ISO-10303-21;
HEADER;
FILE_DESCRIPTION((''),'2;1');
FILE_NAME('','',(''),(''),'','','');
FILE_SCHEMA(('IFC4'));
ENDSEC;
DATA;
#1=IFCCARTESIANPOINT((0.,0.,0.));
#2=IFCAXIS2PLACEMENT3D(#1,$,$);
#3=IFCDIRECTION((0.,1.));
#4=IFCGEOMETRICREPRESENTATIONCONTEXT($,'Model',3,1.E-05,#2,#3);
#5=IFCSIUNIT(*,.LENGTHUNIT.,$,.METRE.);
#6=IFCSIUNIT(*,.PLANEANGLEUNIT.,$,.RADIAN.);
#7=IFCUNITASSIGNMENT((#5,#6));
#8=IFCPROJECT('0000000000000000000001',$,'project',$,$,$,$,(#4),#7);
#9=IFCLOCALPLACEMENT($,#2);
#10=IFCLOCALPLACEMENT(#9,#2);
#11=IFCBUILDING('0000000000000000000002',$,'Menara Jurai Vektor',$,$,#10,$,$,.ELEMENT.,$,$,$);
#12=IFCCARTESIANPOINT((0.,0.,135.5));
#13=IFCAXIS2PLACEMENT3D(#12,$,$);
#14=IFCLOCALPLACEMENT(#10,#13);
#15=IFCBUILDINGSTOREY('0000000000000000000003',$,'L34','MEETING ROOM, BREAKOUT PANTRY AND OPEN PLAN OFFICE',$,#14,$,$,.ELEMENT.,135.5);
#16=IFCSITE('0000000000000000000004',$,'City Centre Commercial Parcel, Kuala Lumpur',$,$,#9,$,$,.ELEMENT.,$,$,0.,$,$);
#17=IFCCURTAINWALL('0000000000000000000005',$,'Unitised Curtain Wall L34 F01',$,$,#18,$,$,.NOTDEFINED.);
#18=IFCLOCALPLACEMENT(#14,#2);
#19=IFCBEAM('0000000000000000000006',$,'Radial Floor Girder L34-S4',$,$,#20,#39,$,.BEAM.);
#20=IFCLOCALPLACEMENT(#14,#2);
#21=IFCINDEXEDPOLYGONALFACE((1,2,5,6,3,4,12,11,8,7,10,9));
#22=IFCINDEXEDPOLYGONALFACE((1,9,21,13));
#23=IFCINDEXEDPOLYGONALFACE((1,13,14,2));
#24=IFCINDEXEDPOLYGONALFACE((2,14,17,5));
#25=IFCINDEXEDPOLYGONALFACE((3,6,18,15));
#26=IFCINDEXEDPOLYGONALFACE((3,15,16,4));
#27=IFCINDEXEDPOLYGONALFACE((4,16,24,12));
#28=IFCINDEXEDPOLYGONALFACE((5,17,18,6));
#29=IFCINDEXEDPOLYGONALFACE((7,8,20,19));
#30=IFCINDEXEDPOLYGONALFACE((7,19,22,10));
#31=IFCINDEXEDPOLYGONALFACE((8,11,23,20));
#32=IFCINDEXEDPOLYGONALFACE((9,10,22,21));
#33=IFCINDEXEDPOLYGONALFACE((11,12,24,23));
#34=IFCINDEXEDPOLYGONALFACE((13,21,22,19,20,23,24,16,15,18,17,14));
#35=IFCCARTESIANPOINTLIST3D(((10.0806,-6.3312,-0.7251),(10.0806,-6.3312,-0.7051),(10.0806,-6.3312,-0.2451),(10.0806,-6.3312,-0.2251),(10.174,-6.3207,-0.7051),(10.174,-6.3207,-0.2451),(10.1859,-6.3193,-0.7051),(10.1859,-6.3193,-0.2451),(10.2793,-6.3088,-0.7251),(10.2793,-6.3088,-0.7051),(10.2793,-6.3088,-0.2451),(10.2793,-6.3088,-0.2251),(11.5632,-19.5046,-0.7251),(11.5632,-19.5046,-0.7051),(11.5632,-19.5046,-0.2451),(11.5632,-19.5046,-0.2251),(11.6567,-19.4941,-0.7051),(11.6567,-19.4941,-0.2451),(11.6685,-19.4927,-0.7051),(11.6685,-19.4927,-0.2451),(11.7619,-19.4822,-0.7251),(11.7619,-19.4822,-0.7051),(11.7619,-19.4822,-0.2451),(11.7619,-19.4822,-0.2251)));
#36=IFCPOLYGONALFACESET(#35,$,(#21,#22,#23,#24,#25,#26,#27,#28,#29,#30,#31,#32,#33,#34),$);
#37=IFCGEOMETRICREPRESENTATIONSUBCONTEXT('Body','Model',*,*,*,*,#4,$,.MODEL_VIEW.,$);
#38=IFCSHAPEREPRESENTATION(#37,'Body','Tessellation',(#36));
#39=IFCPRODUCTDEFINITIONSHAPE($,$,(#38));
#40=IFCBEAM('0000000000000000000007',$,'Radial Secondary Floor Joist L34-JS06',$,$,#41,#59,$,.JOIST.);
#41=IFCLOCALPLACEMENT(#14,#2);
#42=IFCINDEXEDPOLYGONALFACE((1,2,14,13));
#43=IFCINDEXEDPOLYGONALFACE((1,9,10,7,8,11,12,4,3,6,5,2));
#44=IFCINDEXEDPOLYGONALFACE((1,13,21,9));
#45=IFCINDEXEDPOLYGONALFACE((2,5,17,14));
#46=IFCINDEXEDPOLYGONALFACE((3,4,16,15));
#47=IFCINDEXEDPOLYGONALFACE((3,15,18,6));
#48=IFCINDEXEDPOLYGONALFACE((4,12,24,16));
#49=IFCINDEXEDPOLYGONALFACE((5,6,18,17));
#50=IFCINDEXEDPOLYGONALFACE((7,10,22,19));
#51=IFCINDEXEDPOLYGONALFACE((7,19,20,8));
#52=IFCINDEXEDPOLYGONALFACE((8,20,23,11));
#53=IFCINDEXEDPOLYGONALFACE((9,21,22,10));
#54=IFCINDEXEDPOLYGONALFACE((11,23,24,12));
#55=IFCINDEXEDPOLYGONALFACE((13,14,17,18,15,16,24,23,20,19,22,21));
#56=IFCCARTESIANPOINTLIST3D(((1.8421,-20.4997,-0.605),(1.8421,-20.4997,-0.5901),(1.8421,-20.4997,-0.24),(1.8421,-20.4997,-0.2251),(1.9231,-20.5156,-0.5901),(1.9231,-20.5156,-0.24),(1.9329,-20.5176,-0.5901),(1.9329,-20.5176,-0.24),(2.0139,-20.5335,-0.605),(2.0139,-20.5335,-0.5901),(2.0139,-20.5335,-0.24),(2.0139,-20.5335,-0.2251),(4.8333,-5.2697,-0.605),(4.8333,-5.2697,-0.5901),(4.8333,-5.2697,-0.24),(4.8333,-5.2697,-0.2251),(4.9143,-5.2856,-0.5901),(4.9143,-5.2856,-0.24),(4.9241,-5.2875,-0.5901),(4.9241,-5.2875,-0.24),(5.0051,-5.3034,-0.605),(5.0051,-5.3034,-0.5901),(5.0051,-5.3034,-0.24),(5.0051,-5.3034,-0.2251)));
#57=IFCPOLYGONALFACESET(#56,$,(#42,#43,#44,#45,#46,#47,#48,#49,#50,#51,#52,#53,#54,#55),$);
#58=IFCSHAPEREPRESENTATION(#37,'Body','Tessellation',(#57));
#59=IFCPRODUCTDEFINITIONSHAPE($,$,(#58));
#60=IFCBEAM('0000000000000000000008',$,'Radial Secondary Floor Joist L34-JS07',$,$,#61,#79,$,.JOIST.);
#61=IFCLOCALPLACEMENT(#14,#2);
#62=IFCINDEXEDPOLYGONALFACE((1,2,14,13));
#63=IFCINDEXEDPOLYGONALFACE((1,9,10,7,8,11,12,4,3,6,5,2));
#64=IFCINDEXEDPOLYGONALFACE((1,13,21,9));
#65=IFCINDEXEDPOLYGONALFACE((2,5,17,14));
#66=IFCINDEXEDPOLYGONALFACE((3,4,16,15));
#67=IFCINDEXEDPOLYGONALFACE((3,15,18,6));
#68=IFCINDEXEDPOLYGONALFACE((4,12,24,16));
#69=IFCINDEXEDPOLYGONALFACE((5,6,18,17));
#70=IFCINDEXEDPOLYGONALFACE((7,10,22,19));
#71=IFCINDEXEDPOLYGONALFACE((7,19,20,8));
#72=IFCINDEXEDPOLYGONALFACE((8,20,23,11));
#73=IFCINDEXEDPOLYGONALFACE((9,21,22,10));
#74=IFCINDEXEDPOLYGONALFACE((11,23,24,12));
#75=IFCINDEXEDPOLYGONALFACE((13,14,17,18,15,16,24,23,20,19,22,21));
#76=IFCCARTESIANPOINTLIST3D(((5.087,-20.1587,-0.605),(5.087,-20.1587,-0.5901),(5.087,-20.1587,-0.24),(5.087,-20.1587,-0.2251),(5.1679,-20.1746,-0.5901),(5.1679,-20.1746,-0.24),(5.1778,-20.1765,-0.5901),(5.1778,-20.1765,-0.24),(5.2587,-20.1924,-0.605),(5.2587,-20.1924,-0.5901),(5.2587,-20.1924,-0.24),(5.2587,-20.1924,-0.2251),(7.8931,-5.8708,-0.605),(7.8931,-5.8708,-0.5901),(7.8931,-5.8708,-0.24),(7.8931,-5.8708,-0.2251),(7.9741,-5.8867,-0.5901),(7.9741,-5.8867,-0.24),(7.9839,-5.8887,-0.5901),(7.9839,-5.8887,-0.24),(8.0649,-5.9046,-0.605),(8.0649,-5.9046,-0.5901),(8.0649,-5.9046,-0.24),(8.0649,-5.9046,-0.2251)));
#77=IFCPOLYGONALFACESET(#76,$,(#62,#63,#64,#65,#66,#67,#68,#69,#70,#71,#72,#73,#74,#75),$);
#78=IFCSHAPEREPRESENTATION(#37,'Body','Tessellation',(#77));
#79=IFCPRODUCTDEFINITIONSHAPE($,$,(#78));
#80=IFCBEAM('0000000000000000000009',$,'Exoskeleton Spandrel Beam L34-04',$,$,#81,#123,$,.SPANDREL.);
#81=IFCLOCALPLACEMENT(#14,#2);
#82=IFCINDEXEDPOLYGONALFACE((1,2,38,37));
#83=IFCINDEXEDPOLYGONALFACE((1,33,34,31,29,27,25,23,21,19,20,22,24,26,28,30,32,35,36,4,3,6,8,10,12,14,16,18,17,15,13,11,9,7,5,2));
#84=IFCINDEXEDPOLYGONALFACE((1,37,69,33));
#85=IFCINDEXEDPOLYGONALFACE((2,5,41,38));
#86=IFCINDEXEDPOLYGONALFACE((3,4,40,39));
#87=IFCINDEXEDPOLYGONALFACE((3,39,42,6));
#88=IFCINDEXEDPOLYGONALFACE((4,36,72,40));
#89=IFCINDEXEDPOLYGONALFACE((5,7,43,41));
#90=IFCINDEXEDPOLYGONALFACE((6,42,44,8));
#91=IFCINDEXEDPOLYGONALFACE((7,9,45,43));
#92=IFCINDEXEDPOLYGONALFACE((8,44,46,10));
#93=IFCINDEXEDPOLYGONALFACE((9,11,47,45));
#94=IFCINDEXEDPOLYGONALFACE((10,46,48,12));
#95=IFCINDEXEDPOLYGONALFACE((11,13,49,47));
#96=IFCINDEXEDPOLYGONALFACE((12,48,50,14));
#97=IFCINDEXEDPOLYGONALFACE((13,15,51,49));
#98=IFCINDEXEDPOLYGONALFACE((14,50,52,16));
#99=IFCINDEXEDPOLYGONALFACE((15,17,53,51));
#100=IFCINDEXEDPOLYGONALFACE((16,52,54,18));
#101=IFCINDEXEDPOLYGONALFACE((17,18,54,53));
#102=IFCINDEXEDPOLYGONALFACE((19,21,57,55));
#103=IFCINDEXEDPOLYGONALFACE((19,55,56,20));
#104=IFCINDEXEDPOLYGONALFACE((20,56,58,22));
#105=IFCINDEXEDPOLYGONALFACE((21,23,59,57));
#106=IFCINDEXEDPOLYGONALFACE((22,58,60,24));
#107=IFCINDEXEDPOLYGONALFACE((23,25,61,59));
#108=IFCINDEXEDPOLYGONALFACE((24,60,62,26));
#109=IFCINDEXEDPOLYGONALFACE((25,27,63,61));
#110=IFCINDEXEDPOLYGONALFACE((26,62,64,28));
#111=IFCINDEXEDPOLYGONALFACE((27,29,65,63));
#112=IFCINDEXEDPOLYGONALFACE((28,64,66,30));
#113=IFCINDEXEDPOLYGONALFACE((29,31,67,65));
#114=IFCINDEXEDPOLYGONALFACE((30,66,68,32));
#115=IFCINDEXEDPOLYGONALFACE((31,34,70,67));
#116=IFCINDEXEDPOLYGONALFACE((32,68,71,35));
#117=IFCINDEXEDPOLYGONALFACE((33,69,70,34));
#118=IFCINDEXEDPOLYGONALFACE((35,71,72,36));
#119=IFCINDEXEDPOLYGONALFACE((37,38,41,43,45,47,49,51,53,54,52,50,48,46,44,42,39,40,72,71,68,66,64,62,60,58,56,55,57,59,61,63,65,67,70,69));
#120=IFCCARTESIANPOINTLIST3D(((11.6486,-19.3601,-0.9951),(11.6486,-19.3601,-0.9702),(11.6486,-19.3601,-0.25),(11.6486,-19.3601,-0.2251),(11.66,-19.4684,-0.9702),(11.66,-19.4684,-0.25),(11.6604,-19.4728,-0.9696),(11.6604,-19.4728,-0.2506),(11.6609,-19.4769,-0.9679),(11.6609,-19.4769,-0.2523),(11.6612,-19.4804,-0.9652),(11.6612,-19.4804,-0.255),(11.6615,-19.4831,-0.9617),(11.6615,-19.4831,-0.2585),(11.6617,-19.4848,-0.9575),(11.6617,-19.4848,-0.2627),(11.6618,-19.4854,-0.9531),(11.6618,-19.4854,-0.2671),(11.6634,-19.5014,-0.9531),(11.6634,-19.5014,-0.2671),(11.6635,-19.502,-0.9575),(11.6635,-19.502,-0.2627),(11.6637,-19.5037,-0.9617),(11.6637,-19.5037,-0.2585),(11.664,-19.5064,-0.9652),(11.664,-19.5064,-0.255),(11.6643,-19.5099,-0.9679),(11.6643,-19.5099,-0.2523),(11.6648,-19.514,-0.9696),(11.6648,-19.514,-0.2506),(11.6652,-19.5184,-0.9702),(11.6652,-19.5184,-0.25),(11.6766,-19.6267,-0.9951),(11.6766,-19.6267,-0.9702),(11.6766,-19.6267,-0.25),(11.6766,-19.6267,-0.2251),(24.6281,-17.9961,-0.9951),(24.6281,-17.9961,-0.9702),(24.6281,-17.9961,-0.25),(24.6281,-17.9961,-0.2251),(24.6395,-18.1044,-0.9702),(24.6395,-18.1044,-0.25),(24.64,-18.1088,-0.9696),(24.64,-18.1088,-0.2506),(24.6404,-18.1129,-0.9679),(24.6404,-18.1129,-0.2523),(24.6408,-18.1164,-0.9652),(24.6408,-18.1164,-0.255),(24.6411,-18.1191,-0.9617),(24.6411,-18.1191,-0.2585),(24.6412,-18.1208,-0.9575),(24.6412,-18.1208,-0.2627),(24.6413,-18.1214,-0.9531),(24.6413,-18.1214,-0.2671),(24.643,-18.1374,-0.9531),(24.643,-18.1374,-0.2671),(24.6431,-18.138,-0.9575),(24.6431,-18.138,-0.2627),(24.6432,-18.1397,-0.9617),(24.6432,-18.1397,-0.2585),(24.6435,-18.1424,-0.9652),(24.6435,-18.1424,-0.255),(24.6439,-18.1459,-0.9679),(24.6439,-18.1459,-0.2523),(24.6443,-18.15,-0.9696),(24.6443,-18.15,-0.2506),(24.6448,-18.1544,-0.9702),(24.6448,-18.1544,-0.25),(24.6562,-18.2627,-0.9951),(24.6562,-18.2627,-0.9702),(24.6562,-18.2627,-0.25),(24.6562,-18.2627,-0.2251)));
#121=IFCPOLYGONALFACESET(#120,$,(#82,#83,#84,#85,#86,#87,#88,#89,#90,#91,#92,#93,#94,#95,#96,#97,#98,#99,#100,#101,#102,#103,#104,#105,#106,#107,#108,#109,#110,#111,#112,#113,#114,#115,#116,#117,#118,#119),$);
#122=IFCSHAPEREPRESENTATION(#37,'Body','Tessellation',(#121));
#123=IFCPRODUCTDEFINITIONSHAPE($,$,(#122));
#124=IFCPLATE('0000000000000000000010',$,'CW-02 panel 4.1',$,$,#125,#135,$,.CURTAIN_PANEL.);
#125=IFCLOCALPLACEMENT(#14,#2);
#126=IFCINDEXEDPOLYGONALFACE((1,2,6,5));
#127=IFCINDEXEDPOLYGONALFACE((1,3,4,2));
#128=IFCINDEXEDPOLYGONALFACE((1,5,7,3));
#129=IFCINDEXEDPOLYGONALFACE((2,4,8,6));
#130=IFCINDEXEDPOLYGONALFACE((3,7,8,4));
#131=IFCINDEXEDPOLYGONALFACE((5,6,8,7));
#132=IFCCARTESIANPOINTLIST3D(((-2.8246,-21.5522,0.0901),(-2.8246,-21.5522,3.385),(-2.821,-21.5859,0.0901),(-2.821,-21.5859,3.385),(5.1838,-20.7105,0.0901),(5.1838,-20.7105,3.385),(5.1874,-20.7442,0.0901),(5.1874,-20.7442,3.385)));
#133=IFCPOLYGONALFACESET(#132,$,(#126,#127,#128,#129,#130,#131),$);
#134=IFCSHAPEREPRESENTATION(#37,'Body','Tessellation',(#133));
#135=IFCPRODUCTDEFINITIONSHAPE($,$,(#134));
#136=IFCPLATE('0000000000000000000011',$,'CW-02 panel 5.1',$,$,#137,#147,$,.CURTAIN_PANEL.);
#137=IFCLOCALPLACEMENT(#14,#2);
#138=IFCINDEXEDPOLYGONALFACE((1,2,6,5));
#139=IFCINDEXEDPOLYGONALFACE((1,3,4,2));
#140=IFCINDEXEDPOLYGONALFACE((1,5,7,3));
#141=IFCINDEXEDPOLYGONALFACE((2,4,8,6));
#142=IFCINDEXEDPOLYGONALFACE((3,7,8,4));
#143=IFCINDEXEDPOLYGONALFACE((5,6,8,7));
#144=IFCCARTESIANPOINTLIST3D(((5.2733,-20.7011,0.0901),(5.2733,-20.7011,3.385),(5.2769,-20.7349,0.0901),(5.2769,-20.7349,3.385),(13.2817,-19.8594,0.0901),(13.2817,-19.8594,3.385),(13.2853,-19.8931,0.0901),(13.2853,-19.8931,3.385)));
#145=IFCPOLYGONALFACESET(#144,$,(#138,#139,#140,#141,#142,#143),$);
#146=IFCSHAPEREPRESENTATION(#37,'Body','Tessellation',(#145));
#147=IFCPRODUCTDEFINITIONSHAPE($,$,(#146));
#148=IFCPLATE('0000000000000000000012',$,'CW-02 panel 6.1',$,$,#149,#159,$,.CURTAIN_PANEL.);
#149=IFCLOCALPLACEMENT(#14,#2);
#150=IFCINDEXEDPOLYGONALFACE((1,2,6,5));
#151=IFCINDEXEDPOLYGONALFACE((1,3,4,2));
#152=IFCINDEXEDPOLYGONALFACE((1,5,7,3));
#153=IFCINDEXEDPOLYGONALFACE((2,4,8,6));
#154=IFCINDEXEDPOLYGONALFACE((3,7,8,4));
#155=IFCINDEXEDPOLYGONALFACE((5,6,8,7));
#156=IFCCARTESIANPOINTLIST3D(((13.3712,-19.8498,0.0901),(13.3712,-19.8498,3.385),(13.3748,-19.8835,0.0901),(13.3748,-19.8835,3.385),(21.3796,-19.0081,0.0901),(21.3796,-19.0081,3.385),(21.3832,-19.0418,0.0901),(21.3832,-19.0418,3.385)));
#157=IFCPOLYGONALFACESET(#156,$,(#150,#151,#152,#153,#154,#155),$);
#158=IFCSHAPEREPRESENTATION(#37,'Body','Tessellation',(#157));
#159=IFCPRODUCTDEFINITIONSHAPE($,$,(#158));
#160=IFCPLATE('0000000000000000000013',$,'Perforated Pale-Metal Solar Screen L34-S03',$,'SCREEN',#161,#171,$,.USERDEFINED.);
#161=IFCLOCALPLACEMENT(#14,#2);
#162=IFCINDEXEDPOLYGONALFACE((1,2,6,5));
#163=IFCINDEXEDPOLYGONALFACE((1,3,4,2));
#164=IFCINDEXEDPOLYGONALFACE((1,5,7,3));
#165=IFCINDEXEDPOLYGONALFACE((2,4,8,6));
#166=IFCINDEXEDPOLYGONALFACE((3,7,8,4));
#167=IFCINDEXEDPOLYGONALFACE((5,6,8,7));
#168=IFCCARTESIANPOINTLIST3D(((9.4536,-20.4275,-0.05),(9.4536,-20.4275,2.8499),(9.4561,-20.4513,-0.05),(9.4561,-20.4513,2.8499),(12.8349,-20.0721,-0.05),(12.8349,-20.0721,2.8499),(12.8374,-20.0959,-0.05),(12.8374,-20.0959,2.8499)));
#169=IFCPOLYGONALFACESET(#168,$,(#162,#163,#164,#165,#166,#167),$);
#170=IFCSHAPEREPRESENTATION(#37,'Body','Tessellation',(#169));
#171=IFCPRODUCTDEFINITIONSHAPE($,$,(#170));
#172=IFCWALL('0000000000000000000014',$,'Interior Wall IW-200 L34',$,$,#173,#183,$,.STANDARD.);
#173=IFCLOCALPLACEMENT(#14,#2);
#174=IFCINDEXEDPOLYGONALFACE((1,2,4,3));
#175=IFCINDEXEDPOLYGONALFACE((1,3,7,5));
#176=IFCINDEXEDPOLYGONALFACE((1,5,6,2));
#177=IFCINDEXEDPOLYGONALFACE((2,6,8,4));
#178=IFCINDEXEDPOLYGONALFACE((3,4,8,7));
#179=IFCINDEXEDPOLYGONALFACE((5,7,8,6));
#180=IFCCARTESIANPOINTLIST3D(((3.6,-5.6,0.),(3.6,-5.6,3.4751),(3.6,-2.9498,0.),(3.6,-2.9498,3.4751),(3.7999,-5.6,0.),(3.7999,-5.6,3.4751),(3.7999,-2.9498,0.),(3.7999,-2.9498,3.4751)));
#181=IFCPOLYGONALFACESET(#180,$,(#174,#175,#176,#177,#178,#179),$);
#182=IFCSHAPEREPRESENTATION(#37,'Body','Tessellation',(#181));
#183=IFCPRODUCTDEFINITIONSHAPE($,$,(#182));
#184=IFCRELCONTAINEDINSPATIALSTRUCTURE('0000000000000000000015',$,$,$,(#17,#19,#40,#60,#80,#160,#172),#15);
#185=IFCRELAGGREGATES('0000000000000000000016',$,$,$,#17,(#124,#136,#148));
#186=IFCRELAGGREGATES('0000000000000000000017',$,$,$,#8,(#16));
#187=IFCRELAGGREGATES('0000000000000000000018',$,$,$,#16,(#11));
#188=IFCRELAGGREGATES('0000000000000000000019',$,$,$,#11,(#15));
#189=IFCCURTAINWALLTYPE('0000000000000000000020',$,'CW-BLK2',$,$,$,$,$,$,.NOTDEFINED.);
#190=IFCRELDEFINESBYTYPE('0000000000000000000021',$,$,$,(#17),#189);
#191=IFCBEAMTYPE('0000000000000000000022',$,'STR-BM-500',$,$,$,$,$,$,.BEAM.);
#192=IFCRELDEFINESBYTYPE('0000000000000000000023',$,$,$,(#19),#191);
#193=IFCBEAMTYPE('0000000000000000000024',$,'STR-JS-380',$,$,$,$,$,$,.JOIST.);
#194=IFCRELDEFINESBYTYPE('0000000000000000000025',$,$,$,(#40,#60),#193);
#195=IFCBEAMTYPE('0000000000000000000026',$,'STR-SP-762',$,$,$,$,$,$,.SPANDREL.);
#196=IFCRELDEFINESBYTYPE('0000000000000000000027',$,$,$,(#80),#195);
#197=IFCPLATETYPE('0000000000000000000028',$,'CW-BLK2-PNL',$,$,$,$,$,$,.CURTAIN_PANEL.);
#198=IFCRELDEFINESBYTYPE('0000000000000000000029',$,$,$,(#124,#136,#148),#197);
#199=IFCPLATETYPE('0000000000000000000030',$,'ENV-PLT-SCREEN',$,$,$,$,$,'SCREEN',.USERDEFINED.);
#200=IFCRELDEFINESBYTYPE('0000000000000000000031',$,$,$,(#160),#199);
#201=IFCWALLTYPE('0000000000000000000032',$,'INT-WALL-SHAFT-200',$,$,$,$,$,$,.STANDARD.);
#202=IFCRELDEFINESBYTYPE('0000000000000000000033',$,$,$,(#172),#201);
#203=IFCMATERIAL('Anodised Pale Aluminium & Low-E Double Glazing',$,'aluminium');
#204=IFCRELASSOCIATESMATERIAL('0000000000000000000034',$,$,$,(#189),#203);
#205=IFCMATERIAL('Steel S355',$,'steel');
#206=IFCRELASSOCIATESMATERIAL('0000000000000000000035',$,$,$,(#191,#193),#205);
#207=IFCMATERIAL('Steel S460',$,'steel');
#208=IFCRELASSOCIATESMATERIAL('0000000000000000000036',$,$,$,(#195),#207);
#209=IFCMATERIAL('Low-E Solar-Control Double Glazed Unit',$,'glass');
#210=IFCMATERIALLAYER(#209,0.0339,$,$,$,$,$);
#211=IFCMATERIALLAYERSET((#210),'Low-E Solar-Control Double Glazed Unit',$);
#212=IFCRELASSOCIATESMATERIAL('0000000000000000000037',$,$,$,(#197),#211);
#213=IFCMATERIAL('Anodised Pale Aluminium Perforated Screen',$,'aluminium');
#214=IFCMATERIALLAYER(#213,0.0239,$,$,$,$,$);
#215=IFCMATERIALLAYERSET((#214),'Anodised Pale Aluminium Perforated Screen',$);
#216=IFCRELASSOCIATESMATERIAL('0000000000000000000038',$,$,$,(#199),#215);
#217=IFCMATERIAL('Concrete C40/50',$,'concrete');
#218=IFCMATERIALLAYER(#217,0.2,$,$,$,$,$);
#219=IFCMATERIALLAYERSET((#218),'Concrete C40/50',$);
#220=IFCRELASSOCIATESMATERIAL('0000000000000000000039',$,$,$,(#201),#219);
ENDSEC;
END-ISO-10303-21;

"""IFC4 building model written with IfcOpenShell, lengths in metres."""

from ifc_helpers import new_model, si_unit, direction, frame, frame_2d, origin, origin_2d, place, context, subcontext, project, spatial, rectangle, i_section, extrude, material, layer, layer_set, material_profile, profile_set, type_object, element, aggregate, save


model = new_model("IFC4")

# Units and contexts
model_context = context("Model", 3, precision=1e-05, world=origin(), true_north=direction((0.0, 1.0)))
body_context = subcontext(model_context, "Body", "Model", "MODEL_VIEW")
ifc_project = project(units=[si_unit("LENGTHUNIT", "METRE"), si_unit("PLANEANGLEUNIT", "RADIAN")], contexts=[model_context])

# Site, building, storey
site_placement = place(None, origin())
site = spatial("IfcSite", under=ifc_project, at=site_placement, Name="City Centre Commercial Parcel, Kuala Lumpur", CompositionType="ELEMENT", RefElevation=0.0)
building_placement = place(site_placement, origin())
building = spatial("IfcBuilding", under=site, at=building_placement, Name="Menara Jurai Vektor", CompositionType="ELEMENT")
storey_placement = place(building_placement, frame((0.0, 0.0, 135.5)))
storey = spatial("IfcBuildingStorey", under=building, at=storey_placement, Name="L34", Description="MEETING ROOM, BREAKOUT PANTRY AND OPEN PLAN OFFICE", CompositionType="ELEMENT", Elevation=135.5)

# Shared definitions
ifc_material_1 = material(Name="Steel S460", Category="steel")

# Curtain wall
ifc_material_2 = material(Name="Anodised Pale Aluminium & Low-E Double Glazing", Category="aluminium")
curtain_wall_type = type_object("IfcCurtainWallType", Name="CW-BLK2", PredefinedType="NOTDEFINED", material=ifc_material_2)
curtain_wall_placement = place(storey_placement, origin())
curtain_wall = element("IfcCurtainWall", 1, at=curtain_wall_placement, inside=storey, type_object=curtain_wall_type, Name="Unitised Curtain Wall L34 F01", PredefinedType="NOTDEFINED")

# Beams
ifc_material_3 = material(Name="Steel S355", Category="steel")
ifc_material_profile_1 = material_profile(ifc_material_3, i_section(OverallWidth=0.2, OverallDepth=0.5, WebThickness=0.012, FlangeThickness=0.02, at=origin_2d()), Name="PG 500x200x96")
ifc_profile_set_1 = profile_set([ifc_material_profile_1], Name="Steel S355")
beam_type_1 = type_object("IfcBeamType", Name="STR-BM-500", PredefinedType="BEAM", material=ifc_profile_set_1)
beam_1_placement = place(storey_placement, frame((11.6626, -19.4934, -0.4751), z_axis=(-0.111844, 0.993726, 0.0), x_axis=(-0.993726, -0.111844, 0.0)))
element("IfcBeam", 2, at=beam_1_placement, inside=storey, type_object=beam_type_1, Name="Radial Floor Girder L34-S4", PredefinedType="BEAM", context=body_context, shape_type="SweptSolid", body=[
    extrude(i_section(OverallWidth=0.2, OverallDepth=0.5, WebThickness=0.012, FlangeThickness=0.02, at=origin_2d()), origin(), (0.0, 0.0, 1.0), 13.2566),
])
ifc_material_profile_2 = material_profile(ifc_material_3, i_section(OverallWidth=0.175, OverallDepth=0.3799, WebThickness=0.01, FlangeThickness=0.0149, at=origin_2d()), Name="PG 380x175x58")
ifc_profile_set_2 = profile_set([ifc_material_profile_2], Name="Steel S355")
beam_type_2 = type_object("IfcBeamType", Name="STR-JS-380", PredefinedType="JOIST", material=ifc_profile_set_2)
beam_2_placement = place(storey_placement, frame((1.928, -20.5166, -0.415), z_axis=(0.192721, 0.981254, 0.0), x_axis=(-0.981254, 0.192721, 0.0)))
element("IfcBeam", 3, at=beam_2_placement, inside=storey, type_object=beam_type_2, Name="Radial Secondary Floor Joist L34-JS06", PredefinedType="JOIST", context=body_context, shape_type="SweptSolid", body=[
    extrude(i_section(OverallWidth=0.175, OverallDepth=0.3799, WebThickness=0.01, FlangeThickness=0.0149, at=origin_2d()), origin(), (0.0, 0.0, 1.0), 15.521),
])
beam_3_placement = place(storey_placement, frame((5.1729, -20.1755, -0.415), z_axis=(0.19272, 0.981254, 0.0), x_axis=(-0.981254, 0.19272, 0.0)))
element("IfcBeam", 4, at=beam_3_placement, inside=storey, type_object=beam_type_2, Name="Radial Secondary Floor Joist L34-JS07", PredefinedType="JOIST", context=body_context, shape_type="SweptSolid", body=[
    extrude(i_section(OverallWidth=0.175, OverallDepth=0.3799, WebThickness=0.01, FlangeThickness=0.0149, at=origin_2d()), origin(), (0.0, 0.0, 1.0), 14.5608),
])
ifc_material_profile_3 = material_profile(ifc_material_1, i_section(OverallWidth=0.2681, OverallDepth=0.77, WebThickness=0.0161, FlangeThickness=0.0249, FilletRadius=0.0171, at=origin_2d()), Name="UKB 762x267x197")
ifc_profile_set_3 = profile_set([ifc_material_profile_3], Name="Steel S460")
beam_type_3 = type_object("IfcBeamType", Name="STR-SP-762", PredefinedType="SPANDREL", material=ifc_profile_set_3)
beam_4_placement = place(storey_placement, frame((11.6626, -19.4934, -0.6101), z_axis=(0.994523, 0.104514, 0.0), x_axis=(-0.104514, 0.994523, 0.0)))
element("IfcBeam", 5, at=beam_4_placement, inside=storey, type_object=beam_type_3, Name="Exoskeleton Spandrel Beam L34-04", PredefinedType="SPANDREL", context=body_context, shape_type="SweptSolid", body=[
    extrude(i_section(OverallWidth=0.2681, OverallDepth=0.77, WebThickness=0.0161, FlangeThickness=0.0249, FilletRadius=0.0171, at=origin_2d()), origin(), (0.0, 0.0, 1.0), 13.051),
])

# Plates
ifc_material_4 = material(Name="Low-E Solar-Control Double Glazed Unit", Category="glass")
ifc_layer_1 = layer(ifc_material_4, 0.0339)
ifc_layer_set_1 = layer_set([ifc_layer_1], Name="Low-E Solar-Control Double Glazed Unit")
plate_type_1 = type_object("IfcPlateType", Name="CW-BLK2-PNL", PredefinedType="CURTAIN_PANEL", material=ifc_layer_set_1)
plate_1_placement = place(storey_placement, frame((1.1814, -21.1482, 0.0901), z_axis=(0.0, 0.0, 1.0), x_axis=(0.994522, 0.104529, 0.0)))
plate_1 = element("IfcPlate", 6, at=plate_1_placement, type_object=plate_type_1, Name="CW-02 panel 4.1", PredefinedType="CURTAIN_PANEL", context=body_context, shape_type="SweptSolid", body=[
    extrude(rectangle(XDim=8.0525, YDim=0.0339, at=origin_2d()), origin(), (0.0, 0.0, 1.0), 3.2949),
])
plate_2_placement = place(storey_placement, frame((9.2793, -20.2971, 0.0901), z_axis=(0.0, 0.0, 1.0), x_axis=(0.994522, 0.104529, 0.0)))
plate_2 = element("IfcPlate", 7, at=plate_2_placement, type_object=plate_type_1, Name="CW-02 panel 5.1", PredefinedType="CURTAIN_PANEL", context=body_context, shape_type="SweptSolid", body=[
    extrude(rectangle(XDim=8.0525, YDim=0.0339, at=origin_2d()), origin(), (0.0, 0.0, 1.0), 3.2949),
])
plate_3_placement = place(storey_placement, frame((17.3772, -19.4458, 0.0901), z_axis=(0.0, 0.0, 1.0), x_axis=(0.994522, 0.104529, 0.0)))
plate_3 = element("IfcPlate", 8, at=plate_3_placement, type_object=plate_type_1, Name="CW-02 panel 6.1", PredefinedType="CURTAIN_PANEL", context=body_context, shape_type="SweptSolid", body=[
    extrude(rectangle(XDim=8.0525, YDim=0.0339, at=origin_2d()), origin(), (0.0, 0.0, 1.0), 3.2949),
])
aggregate(curtain_wall, [plate_1, plate_2, plate_3])
ifc_material_5 = material(Name="Anodised Pale Aluminium Perforated Screen", Category="aluminium")
ifc_layer_2 = layer(ifc_material_5, 0.0239)
ifc_layer_set_2 = layer_set([ifc_layer_2], Name="Anodised Pale Aluminium Perforated Screen")
plate_type_2 = type_object("IfcPlateType", Name="ENV-PLT-SCREEN", ElementType="SCREEN", PredefinedType="USERDEFINED", material=ifc_layer_set_2)
plate_4_placement = place(storey_placement, frame((11.1455, -20.2617, -0.05), z_axis=(0.0, 0.0, 1.0), x_axis=(0.994522, 0.104528, 0.0)))
element("IfcPlate", 9, at=plate_4_placement, inside=storey, type_object=plate_type_2, Name="Perforated Pale-Metal Solar Screen L34-S03", ObjectType="SCREEN", PredefinedType="USERDEFINED", context=body_context, shape_type="SweptSolid", body=[
    extrude(rectangle(XDim=3.3999, YDim=0.0239, at=origin_2d()), origin(), (0.0, 0.0, 1.0), 2.8999),
])

# Wall
ifc_material_6 = material(Name="Concrete C40/50", Category="concrete")
ifc_layer_3 = layer(ifc_material_6, 0.2)
ifc_layer_set_3 = layer_set([ifc_layer_3], Name="Concrete C40/50")
wall_type_1 = type_object("IfcWallType", Name="INT-WALL-SHAFT-200", PredefinedType="STANDARD", material=ifc_layer_set_3)
for number, where, z_axis, x_axis, name in (
    (10, (3.7, -5.6001, 0.0), (0.0, 0.0, 1.0), (0.0, 1.0, 0.0), "Interior Wall IW-200 L34"),
):
    element("IfcWall", number, at=place(storey_placement, frame(where, z_axis=z_axis, x_axis=x_axis)), inside=storey, type_object=wall_type_1, Name=name, PredefinedType="STANDARD", context=body_context, shape_type="SweptSolid", body=[
        extrude(rectangle(XDim=2.6501, YDim=0.2, at=frame_2d((1.3252, 0.0))), origin(), (0.0, 0.0, 1.0), 3.4751),
    ])

save(model, "model.ifc")
